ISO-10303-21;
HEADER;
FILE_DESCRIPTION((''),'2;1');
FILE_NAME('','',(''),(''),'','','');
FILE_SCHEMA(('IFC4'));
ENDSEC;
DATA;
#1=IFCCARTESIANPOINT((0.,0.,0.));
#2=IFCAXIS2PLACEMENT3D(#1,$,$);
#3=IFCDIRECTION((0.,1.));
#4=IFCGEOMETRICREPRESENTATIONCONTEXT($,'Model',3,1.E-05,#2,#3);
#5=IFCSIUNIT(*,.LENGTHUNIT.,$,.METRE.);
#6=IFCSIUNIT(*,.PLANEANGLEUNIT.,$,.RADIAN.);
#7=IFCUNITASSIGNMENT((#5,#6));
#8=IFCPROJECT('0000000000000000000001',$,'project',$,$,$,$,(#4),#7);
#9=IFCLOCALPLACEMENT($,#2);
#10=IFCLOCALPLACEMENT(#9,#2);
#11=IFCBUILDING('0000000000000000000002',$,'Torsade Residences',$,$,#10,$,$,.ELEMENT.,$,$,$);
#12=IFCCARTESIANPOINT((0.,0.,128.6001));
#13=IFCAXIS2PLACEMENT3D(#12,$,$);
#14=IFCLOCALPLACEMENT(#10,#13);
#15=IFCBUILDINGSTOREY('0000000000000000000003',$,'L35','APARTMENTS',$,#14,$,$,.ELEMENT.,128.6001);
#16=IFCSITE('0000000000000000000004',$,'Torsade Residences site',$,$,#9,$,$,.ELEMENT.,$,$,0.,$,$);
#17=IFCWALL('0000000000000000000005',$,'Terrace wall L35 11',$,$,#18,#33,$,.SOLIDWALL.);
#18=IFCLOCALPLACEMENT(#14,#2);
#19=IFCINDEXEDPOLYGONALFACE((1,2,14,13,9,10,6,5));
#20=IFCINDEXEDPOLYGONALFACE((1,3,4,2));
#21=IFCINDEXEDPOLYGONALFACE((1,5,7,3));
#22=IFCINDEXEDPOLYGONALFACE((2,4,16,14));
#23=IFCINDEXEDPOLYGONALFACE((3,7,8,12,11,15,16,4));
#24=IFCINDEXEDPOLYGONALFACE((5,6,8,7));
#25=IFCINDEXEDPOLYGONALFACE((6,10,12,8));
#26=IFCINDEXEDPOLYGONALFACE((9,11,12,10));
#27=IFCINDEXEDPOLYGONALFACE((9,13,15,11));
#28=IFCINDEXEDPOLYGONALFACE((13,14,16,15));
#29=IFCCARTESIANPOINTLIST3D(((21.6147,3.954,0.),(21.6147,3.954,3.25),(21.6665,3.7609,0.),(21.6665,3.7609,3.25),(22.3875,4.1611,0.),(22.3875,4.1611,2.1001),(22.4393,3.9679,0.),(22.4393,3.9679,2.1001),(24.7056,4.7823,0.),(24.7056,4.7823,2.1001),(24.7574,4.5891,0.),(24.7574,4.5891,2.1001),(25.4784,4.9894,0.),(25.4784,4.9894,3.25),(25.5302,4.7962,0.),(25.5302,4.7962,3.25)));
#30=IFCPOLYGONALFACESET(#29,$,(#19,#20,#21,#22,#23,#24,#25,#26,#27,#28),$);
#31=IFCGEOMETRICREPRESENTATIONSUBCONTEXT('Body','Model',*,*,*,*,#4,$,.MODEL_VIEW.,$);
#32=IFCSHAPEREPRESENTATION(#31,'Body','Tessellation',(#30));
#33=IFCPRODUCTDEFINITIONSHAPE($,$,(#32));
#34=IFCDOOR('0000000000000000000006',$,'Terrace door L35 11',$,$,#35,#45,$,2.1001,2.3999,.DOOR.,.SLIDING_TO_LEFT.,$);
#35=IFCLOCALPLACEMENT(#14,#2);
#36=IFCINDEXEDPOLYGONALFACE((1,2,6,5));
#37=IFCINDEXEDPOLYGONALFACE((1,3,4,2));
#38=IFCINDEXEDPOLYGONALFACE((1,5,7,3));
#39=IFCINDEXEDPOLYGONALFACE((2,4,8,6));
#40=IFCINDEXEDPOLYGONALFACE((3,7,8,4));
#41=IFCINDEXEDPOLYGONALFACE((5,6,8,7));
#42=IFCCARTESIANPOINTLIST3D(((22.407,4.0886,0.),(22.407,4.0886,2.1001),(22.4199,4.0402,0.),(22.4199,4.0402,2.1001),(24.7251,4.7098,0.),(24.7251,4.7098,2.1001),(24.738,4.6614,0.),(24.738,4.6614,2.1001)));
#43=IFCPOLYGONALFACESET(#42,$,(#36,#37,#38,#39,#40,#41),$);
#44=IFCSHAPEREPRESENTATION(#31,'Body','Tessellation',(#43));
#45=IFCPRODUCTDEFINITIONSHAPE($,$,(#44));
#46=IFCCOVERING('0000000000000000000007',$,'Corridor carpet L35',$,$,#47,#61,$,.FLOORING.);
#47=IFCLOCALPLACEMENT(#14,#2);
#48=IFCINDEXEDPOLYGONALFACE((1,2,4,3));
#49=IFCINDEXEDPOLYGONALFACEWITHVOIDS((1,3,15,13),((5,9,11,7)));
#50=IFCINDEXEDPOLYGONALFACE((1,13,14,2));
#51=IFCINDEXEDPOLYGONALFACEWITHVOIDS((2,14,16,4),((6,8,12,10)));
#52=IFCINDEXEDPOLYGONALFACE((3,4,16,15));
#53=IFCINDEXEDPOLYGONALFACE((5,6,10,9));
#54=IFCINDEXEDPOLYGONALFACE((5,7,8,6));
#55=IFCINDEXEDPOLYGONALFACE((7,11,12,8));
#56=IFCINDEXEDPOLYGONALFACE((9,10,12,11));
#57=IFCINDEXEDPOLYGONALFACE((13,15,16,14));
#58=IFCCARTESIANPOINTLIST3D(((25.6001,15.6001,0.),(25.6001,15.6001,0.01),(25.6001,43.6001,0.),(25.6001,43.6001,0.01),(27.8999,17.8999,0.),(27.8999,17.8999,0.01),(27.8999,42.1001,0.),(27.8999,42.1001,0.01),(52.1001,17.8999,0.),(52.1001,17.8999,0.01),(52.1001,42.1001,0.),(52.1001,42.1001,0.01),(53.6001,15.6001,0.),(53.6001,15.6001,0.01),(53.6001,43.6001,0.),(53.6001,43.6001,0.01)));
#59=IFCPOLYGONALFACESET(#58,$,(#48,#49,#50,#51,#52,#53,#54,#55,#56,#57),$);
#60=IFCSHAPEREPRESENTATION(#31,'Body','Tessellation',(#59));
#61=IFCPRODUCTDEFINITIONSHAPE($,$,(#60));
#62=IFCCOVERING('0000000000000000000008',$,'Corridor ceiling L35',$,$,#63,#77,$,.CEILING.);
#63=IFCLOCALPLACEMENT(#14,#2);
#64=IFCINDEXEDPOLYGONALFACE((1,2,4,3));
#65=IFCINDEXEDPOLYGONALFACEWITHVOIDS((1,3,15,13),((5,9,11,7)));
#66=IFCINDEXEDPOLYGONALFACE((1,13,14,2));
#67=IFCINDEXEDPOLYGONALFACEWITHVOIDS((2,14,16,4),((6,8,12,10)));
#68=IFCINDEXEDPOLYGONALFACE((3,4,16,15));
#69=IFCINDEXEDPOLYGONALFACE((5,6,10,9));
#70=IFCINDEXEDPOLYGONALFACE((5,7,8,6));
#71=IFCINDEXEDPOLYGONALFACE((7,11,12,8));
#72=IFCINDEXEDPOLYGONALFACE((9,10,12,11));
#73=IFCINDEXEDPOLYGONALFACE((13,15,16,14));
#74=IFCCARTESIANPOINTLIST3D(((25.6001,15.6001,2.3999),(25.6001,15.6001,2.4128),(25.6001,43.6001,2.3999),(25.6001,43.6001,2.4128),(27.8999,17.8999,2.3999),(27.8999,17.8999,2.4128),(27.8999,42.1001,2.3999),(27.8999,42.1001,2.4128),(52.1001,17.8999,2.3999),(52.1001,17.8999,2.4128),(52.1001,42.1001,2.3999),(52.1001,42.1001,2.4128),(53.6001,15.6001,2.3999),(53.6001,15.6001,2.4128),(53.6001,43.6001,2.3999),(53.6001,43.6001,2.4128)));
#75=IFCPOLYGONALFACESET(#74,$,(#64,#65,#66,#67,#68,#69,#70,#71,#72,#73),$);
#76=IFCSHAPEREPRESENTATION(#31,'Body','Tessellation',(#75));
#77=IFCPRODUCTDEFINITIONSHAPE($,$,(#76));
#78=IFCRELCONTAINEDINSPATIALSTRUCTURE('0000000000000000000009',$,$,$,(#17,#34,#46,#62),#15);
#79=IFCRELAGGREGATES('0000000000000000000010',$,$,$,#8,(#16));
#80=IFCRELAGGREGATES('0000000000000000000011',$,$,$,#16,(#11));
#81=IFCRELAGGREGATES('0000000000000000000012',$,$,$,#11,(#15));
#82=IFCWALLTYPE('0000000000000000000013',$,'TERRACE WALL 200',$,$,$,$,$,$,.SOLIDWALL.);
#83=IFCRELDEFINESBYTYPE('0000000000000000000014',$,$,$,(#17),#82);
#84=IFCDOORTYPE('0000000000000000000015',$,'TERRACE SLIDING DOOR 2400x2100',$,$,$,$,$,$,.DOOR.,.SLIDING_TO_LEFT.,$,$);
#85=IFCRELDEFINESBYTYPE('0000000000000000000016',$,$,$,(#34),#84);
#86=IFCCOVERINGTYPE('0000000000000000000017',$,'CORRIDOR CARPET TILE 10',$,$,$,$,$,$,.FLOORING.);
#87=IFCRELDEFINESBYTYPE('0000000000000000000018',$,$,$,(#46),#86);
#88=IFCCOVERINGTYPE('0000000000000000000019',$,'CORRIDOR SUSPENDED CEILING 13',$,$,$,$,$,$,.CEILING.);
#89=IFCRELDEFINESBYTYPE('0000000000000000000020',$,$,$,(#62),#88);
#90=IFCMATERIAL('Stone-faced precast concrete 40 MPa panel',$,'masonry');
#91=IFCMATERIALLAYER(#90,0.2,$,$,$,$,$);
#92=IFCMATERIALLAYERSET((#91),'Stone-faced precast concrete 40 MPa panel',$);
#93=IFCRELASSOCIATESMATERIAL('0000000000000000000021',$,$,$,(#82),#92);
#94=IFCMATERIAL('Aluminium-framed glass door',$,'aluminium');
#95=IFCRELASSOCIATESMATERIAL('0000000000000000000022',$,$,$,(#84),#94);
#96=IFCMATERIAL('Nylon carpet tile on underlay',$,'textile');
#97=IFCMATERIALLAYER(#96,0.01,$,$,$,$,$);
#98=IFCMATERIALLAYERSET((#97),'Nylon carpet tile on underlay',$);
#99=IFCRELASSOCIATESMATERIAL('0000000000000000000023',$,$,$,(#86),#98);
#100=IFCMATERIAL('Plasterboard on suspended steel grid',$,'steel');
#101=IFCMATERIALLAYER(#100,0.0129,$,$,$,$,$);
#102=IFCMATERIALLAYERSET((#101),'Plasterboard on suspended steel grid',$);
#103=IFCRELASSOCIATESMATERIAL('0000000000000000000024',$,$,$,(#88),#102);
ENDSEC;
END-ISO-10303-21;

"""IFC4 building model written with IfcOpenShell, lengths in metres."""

from ifc_helpers import new_model, si_unit, direction, frame, frame_2d, origin, place, context, subcontext, project, spatial, polyline, rectangle, outline, extrude, material, layer, layer_set, type_object, element, fill, save


model = new_model("IFC4")

# Units and contexts
model_context = context("Model", 3, precision=1e-05, world=origin(), true_north=direction((0.0, 1.0)))
body_context = subcontext(model_context, "Body", "Model", "MODEL_VIEW")
ifc_project = project(units=[si_unit("LENGTHUNIT", "METRE"), si_unit("PLANEANGLEUNIT", "RADIAN")], contexts=[model_context])

# Site, building, storey
site_placement = place(None, origin())
site = spatial("IfcSite", under=ifc_project, at=site_placement, Name="Torsade Residences site", CompositionType="ELEMENT", RefElevation=0.0)
building_placement = place(site_placement, origin())
building = spatial("IfcBuilding", under=site, at=building_placement, Name="Torsade Residences", CompositionType="ELEMENT")
storey_placement = place(building_placement, frame((0.0, 0.0, 128.6001)))
storey = spatial("IfcBuildingStorey", under=building, at=storey_placement, Name="L35", Description="APARTMENTS", CompositionType="ELEMENT", Elevation=128.6001)

# Wall, opening, door
ifc_material_1 = material(Name="Stone-faced precast concrete 40 MPa panel", Category="masonry")
ifc_layer_1 = layer(ifc_material_1, 0.2)
ifc_layer_set_1 = layer_set([ifc_layer_1], Name="Stone-faced precast concrete 40 MPa panel")
wall_type_1 = type_object("IfcWallType", Name="TERRACE WALL 200", PredefinedType="SOLIDWALL", material=ifc_layer_set_1)
wall_1_placement = place(storey_placement, frame((21.6406, 3.8574, 0.0), z_axis=(0.0, 0.0, 1.0), x_axis=(0.965919, 0.258844, 0.0)))
wall_1 = element("IfcWall", 1, at=wall_1_placement, inside=storey, type_object=wall_type_1, Name="Terrace wall L35 11", PredefinedType="SOLIDWALL", context=body_context, shape_type="SweptSolid", body=[
    extrude(rectangle(XDim=4.0, YDim=0.2, at=frame_2d((2.0, 0.0))), origin(), (0.0, 0.0, 1.0), 3.25),
])
opening_1_placement = place(wall_1_placement, frame((0.8, 0.0, 0.0)))
opening_1 = element("IfcOpeningElement", 2, at=opening_1_placement, cuts=wall_1, PredefinedType="OPENING", context=body_context, shape_type="SweptSolid", body=[
    extrude(rectangle(XDim=2.3999, YDim=2.1001, at=frame_2d((1.2, 1.05))), frame((0.0, 0.1099, 0.0), z_axis=(0.0, -1.0, 0.0), x_axis=(1.0, 0.0, 0.0)), (0.0, 0.0, 1.0), 0.22),
])
ifc_material_2 = material(Name="Aluminium-framed glass door", Category="aluminium")
door_type_1 = type_object("IfcDoorType", Name="TERRACE SLIDING DOOR 2400x2100", OperationType="SLIDING_TO_LEFT", PredefinedType="DOOR", material=ifc_material_2)
door_1_placement = place(opening_1_placement, origin())
door_1 = element("IfcDoor", 3, at=door_1_placement, inside=storey, type_object=door_type_1, Name="Terrace door L35 11", OperationType="SLIDING_TO_LEFT", OverallHeight=2.1001, OverallWidth=2.3999, PredefinedType="DOOR", context=body_context, shape_type="SweptSolid", body=[
    extrude(rectangle(XDim=2.3999, YDim=2.1001, at=frame_2d((1.2, 1.05))), frame((0.0, 0.0249, 0.0), z_axis=(0.0, -1.0, 0.0), x_axis=(1.0, 0.0, 0.0)), (0.0, 0.0, 1.0), 0.05),
])
fill(opening_1, door_1)

# Coverings
ifc_material_3 = material(Name="Nylon carpet tile on underlay", Category="textile")
ifc_layer_2 = layer(ifc_material_3, 0.01)
ifc_layer_set_2 = layer_set([ifc_layer_2], Name="Nylon carpet tile on underlay")
covering_type_1 = type_object("IfcCoveringType", Name="CORRIDOR CARPET TILE 10", PredefinedType="FLOORING", material=ifc_layer_set_2)
covering_1_placement = place(storey_placement, origin())
element("IfcCovering", 4, at=covering_1_placement, inside=storey, type_object=covering_type_1, Name="Corridor carpet L35", PredefinedType="FLOORING", context=body_context, shape_type="SweptSolid", body=[
    extrude(outline(polyline([(53.6001, 15.6001), (53.6001, 43.6001), (25.6001, 43.6001), (25.6001, 15.6001), (53.6001, 15.6001)]), holes=[polyline([(52.1001, 42.1001), (27.8999, 42.1001), (27.8999, 17.8999), (52.1001, 17.8999), (52.1001, 42.1001)])]), origin(), (0.0, 0.0, 1.0), 0.01),
])
ifc_material_4 = material(Name="Plasterboard on suspended steel grid", Category="steel")
ifc_layer_3 = layer(ifc_material_4, 0.0129)
ifc_layer_set_3 = layer_set([ifc_layer_3], Name="Plasterboard on suspended steel grid")
covering_type_2 = type_object("IfcCoveringType", Name="CORRIDOR SUSPENDED CEILING 13", PredefinedType="CEILING", material=ifc_layer_set_3)
covering_2_placement = place(storey_placement, frame((0.0, 0.0, 2.3999)))
element("IfcCovering", 5, at=covering_2_placement, inside=storey, type_object=covering_type_2, Name="Corridor ceiling L35", PredefinedType="CEILING", context=body_context, shape_type="SweptSolid", body=[
    extrude(outline(polyline([(53.6001, 15.6001), (53.6001, 43.6001), (25.6001, 43.6001), (25.6001, 15.6001), (53.6001, 15.6001)]), holes=[polyline([(52.1001, 42.1001), (27.8999, 42.1001), (27.8999, 17.8999), (52.1001, 17.8999), (52.1001, 42.1001)])]), origin(), (0.0, 0.0, 1.0), 0.0129),
])

save(model, "model.ifc")
